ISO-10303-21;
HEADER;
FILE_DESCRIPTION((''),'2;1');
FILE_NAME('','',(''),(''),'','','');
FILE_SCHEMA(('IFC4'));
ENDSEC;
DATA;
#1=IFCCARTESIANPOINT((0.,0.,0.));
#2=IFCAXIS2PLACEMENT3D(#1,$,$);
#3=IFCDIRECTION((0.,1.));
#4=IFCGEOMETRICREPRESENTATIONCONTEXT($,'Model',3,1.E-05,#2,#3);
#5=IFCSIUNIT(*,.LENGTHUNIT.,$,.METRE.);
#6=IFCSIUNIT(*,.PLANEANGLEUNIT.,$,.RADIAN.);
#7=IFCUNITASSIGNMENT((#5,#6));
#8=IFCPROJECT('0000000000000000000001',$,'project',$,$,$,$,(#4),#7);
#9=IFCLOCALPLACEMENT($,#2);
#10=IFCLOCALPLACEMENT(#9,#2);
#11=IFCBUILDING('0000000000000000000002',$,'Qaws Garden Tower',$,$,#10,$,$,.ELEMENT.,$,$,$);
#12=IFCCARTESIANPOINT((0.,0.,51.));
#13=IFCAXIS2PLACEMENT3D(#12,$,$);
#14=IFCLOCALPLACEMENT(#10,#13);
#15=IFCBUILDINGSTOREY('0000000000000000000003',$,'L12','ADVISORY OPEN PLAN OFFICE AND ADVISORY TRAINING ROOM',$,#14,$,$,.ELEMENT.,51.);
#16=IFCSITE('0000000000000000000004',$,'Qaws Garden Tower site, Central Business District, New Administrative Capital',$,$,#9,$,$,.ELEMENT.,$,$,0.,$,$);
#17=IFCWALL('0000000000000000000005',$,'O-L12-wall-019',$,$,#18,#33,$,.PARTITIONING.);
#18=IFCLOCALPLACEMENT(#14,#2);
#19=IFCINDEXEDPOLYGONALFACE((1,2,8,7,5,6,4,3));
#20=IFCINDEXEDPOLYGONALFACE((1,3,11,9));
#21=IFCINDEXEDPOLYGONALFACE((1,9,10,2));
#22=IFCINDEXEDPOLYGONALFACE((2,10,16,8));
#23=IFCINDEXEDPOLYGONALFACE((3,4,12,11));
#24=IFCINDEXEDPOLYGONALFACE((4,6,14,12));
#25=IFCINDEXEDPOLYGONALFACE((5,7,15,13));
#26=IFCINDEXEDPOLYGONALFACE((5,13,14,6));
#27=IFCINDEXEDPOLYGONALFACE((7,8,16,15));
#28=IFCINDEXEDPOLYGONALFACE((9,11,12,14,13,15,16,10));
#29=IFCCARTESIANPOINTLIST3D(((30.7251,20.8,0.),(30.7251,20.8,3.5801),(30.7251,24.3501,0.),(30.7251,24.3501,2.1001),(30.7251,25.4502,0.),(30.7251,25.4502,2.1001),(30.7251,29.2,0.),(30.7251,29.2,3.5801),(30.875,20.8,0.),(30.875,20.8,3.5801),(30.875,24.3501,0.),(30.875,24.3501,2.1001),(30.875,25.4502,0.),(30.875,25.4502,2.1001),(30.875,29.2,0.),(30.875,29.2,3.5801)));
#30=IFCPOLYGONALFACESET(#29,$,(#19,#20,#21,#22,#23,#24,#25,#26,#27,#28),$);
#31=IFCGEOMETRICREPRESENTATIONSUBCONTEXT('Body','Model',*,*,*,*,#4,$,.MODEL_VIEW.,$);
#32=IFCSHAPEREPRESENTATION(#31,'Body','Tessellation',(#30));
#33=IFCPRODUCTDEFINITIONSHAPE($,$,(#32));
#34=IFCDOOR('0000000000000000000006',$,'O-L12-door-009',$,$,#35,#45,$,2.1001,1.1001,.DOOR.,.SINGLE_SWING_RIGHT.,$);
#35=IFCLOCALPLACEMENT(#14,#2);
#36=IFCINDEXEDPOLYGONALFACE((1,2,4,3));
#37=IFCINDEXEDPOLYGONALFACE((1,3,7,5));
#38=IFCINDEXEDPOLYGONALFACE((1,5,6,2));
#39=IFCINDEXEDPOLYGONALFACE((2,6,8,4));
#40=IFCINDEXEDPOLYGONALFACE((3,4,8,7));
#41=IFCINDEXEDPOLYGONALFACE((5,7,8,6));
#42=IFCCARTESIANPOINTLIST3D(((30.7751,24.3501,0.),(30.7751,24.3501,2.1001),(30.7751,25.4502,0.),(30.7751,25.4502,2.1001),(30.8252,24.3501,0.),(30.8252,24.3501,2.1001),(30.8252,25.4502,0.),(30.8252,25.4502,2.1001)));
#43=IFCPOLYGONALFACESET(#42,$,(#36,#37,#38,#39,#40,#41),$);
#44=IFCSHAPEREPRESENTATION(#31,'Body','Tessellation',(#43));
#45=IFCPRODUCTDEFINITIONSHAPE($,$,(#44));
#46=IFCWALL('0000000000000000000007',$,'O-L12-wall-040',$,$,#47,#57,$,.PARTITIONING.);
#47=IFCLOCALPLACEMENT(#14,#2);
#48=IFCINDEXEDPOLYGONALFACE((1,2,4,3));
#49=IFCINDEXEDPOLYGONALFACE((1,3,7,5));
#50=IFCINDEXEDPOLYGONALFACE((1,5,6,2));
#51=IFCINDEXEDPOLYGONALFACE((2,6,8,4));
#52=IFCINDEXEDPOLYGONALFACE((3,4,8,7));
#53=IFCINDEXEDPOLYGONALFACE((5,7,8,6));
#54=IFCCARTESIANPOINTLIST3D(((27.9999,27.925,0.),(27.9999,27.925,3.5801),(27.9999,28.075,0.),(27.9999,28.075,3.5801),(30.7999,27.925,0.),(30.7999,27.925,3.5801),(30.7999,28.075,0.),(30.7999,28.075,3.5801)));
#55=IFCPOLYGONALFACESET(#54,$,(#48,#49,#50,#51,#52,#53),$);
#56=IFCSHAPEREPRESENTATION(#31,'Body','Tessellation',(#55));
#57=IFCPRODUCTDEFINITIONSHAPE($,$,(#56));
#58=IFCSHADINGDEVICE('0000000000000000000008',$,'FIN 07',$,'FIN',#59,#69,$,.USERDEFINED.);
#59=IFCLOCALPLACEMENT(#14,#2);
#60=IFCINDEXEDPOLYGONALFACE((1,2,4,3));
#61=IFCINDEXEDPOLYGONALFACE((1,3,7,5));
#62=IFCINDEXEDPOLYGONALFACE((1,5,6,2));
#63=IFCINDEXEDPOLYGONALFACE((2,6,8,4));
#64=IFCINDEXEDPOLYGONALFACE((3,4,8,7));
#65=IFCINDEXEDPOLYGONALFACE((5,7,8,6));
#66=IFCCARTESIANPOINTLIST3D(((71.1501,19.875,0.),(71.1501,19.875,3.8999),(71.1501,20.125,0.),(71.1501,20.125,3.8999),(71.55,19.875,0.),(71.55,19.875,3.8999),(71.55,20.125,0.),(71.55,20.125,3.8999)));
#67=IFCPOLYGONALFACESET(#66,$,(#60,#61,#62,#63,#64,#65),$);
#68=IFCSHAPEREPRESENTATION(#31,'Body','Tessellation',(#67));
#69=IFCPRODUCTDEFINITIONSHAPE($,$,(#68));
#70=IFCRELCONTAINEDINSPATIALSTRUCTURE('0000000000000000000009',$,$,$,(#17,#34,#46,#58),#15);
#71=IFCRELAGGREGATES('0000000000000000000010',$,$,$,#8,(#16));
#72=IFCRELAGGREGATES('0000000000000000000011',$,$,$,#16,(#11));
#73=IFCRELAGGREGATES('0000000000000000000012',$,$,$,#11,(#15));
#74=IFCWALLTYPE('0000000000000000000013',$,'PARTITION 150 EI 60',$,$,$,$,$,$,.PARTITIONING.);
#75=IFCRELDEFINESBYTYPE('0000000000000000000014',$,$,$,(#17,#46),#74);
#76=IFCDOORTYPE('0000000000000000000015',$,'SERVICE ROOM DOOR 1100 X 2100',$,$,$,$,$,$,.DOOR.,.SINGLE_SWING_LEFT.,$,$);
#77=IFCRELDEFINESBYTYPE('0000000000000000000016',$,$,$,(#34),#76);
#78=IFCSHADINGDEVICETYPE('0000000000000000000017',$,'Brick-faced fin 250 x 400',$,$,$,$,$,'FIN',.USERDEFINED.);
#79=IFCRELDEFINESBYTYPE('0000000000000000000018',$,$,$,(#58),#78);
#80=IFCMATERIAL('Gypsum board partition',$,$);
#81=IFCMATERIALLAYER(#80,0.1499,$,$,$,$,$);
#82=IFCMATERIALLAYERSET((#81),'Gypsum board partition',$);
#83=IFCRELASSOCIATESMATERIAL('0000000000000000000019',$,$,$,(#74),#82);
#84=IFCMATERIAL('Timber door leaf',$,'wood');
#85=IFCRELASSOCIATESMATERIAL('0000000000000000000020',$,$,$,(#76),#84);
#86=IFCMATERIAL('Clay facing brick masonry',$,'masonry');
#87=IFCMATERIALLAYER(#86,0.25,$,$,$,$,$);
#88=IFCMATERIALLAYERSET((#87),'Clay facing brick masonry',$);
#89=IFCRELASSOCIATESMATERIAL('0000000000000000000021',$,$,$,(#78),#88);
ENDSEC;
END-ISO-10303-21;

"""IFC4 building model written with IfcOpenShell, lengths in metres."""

from ifc_helpers import new_model, si_unit, direction, frame, frame_2d, origin, origin_2d, place, context, subcontext, project, spatial, rectangle, extrude, material, layer, layer_set, type_object, element, fill, save


model = new_model("IFC4")

# Units and contexts
model_context = context("Model", 3, precision=1e-05, world=origin(), true_north=direction((0.0, 1.0)))
body_context = subcontext(model_context, "Body", "Model", "MODEL_VIEW")
ifc_project = project(units=[si_unit("LENGTHUNIT", "METRE"), si_unit("PLANEANGLEUNIT", "RADIAN")], contexts=[model_context])

# Site, building, storey
site_placement = place(None, origin())
site = spatial("IfcSite", under=ifc_project, at=site_placement, Name="Qaws Garden Tower site, Central Business District, New Administrative Capital", CompositionType="ELEMENT", RefElevation=0.0)
building_placement = place(site_placement, origin())
building = spatial("IfcBuilding", under=site, at=building_placement, Name="Qaws Garden Tower", CompositionType="ELEMENT")
storey_placement = place(building_placement, frame((0.0, 0.0, 51.0)))
storey = spatial("IfcBuildingStorey", under=building, at=storey_placement, Name="L12", Description="ADVISORY OPEN PLAN OFFICE AND ADVISORY TRAINING ROOM", CompositionType="ELEMENT", Elevation=51.0)

# Wall, opening, door
ifc_material_1 = material(Name="Gypsum board partition")
ifc_layer_1 = layer(ifc_material_1, 0.1499)
ifc_layer_set_1 = layer_set([ifc_layer_1], Name="Gypsum board partition")
wall_type = type_object("IfcWallType", Name="PARTITION 150 EI 60", PredefinedType="PARTITIONING", material=ifc_layer_set_1)
wall_1_placement = place(storey_placement, frame((30.8, 20.8, 0.0), z_axis=(0.0, 0.0, 1.0), x_axis=(0.0, 1.0, 0.0)))
wall_1 = element("IfcWall", 1, at=wall_1_placement, inside=storey, type_object=wall_type, Name="O-L12-wall-019", PredefinedType="PARTITIONING", context=body_context, shape_type="SweptSolid", body=[
    extrude(rectangle(XDim=8.3999, YDim=0.1499, at=frame_2d((4.2, 0.0))), origin(), (0.0, 0.0, 1.0), 3.5801),
])
opening_placement = place(wall_1_placement, frame((3.55, 0.0, 0.0)))
opening = element("IfcOpeningElement", 2, at=opening_placement, cuts=wall_1, PredefinedType="OPENING", context=body_context, shape_type="SweptSolid", body=[
    extrude(rectangle(XDim=1.1001, YDim=2.1001, at=frame_2d((0.55, 1.05))), frame((0.0, 0.085, 0.0), z_axis=(0.0, -1.0, 0.0), x_axis=(1.0, 0.0, 0.0)), (0.0, 0.0, 1.0), 0.1699),
])
ifc_material_2 = material(Name="Timber door leaf", Category="wood")
door_type = type_object("IfcDoorType", Name="SERVICE ROOM DOOR 1100 X 2100", OperationType="SINGLE_SWING_LEFT", PredefinedType="DOOR", material=ifc_material_2)
door_placement = place(opening_placement, origin())
door = element("IfcDoor", 3, at=door_placement, inside=storey, type_object=door_type, Name="O-L12-door-009", OperationType="SINGLE_SWING_RIGHT", OverallHeight=2.1001, OverallWidth=1.1001, PredefinedType="DOOR", context=body_context, shape_type="SweptSolid", body=[
    extrude(rectangle(XDim=1.1001, YDim=2.1001, at=frame_2d((0.55, 1.05))), frame((0.0, 0.0249, 0.0), z_axis=(0.0, -1.0, 0.0), x_axis=(1.0, 0.0, 0.0)), (0.0, 0.0, 1.0), 0.05),
])
fill(opening, door)

# Wall
wall_2_placement = place(storey_placement, frame((28.0, 28.0, 0.0), z_axis=(0.0, 0.0, 1.0), x_axis=(1.0, 0.0, 0.0)))
element("IfcWall", 4, at=wall_2_placement, inside=storey, type_object=wall_type, Name="O-L12-wall-040", PredefinedType="PARTITIONING", context=body_context, shape_type="SweptSolid", body=[
    extrude(rectangle(XDim=2.8, YDim=0.1499, at=frame_2d((1.3999, 0.0))), origin(), (0.0, 0.0, 1.0), 3.5801),
])

# Shading device
ifc_material_3 = material(Name="Clay facing brick masonry", Category="masonry")
ifc_layer_2 = layer(ifc_material_3, 0.25)
ifc_layer_set_2 = layer_set([ifc_layer_2], Name="Clay facing brick masonry")
shading_device_type = type_object("IfcShadingDeviceType", Name="Brick-faced fin 250 x 400", ElementType="FIN", PredefinedType="USERDEFINED", material=ifc_layer_set_2)
shading_device_placement = place(storey_placement, frame((71.3501, 20.0, 0.0), z_axis=(0.0, 0.0, 1.0), x_axis=(0.0, 1.0, 0.0)))
element("IfcShadingDevice", 5, at=shading_device_placement, inside=storey, type_object=shading_device_type, Name="FIN 07", ObjectType="FIN", PredefinedType="USERDEFINED", context=body_context, shape_type="SweptSolid", body=[
    extrude(rectangle(XDim=0.25, YDim=0.3999, at=origin_2d()), origin(), (0.0, 0.0, 1.0), 3.8999),
])

save(model, "model.ifc")
